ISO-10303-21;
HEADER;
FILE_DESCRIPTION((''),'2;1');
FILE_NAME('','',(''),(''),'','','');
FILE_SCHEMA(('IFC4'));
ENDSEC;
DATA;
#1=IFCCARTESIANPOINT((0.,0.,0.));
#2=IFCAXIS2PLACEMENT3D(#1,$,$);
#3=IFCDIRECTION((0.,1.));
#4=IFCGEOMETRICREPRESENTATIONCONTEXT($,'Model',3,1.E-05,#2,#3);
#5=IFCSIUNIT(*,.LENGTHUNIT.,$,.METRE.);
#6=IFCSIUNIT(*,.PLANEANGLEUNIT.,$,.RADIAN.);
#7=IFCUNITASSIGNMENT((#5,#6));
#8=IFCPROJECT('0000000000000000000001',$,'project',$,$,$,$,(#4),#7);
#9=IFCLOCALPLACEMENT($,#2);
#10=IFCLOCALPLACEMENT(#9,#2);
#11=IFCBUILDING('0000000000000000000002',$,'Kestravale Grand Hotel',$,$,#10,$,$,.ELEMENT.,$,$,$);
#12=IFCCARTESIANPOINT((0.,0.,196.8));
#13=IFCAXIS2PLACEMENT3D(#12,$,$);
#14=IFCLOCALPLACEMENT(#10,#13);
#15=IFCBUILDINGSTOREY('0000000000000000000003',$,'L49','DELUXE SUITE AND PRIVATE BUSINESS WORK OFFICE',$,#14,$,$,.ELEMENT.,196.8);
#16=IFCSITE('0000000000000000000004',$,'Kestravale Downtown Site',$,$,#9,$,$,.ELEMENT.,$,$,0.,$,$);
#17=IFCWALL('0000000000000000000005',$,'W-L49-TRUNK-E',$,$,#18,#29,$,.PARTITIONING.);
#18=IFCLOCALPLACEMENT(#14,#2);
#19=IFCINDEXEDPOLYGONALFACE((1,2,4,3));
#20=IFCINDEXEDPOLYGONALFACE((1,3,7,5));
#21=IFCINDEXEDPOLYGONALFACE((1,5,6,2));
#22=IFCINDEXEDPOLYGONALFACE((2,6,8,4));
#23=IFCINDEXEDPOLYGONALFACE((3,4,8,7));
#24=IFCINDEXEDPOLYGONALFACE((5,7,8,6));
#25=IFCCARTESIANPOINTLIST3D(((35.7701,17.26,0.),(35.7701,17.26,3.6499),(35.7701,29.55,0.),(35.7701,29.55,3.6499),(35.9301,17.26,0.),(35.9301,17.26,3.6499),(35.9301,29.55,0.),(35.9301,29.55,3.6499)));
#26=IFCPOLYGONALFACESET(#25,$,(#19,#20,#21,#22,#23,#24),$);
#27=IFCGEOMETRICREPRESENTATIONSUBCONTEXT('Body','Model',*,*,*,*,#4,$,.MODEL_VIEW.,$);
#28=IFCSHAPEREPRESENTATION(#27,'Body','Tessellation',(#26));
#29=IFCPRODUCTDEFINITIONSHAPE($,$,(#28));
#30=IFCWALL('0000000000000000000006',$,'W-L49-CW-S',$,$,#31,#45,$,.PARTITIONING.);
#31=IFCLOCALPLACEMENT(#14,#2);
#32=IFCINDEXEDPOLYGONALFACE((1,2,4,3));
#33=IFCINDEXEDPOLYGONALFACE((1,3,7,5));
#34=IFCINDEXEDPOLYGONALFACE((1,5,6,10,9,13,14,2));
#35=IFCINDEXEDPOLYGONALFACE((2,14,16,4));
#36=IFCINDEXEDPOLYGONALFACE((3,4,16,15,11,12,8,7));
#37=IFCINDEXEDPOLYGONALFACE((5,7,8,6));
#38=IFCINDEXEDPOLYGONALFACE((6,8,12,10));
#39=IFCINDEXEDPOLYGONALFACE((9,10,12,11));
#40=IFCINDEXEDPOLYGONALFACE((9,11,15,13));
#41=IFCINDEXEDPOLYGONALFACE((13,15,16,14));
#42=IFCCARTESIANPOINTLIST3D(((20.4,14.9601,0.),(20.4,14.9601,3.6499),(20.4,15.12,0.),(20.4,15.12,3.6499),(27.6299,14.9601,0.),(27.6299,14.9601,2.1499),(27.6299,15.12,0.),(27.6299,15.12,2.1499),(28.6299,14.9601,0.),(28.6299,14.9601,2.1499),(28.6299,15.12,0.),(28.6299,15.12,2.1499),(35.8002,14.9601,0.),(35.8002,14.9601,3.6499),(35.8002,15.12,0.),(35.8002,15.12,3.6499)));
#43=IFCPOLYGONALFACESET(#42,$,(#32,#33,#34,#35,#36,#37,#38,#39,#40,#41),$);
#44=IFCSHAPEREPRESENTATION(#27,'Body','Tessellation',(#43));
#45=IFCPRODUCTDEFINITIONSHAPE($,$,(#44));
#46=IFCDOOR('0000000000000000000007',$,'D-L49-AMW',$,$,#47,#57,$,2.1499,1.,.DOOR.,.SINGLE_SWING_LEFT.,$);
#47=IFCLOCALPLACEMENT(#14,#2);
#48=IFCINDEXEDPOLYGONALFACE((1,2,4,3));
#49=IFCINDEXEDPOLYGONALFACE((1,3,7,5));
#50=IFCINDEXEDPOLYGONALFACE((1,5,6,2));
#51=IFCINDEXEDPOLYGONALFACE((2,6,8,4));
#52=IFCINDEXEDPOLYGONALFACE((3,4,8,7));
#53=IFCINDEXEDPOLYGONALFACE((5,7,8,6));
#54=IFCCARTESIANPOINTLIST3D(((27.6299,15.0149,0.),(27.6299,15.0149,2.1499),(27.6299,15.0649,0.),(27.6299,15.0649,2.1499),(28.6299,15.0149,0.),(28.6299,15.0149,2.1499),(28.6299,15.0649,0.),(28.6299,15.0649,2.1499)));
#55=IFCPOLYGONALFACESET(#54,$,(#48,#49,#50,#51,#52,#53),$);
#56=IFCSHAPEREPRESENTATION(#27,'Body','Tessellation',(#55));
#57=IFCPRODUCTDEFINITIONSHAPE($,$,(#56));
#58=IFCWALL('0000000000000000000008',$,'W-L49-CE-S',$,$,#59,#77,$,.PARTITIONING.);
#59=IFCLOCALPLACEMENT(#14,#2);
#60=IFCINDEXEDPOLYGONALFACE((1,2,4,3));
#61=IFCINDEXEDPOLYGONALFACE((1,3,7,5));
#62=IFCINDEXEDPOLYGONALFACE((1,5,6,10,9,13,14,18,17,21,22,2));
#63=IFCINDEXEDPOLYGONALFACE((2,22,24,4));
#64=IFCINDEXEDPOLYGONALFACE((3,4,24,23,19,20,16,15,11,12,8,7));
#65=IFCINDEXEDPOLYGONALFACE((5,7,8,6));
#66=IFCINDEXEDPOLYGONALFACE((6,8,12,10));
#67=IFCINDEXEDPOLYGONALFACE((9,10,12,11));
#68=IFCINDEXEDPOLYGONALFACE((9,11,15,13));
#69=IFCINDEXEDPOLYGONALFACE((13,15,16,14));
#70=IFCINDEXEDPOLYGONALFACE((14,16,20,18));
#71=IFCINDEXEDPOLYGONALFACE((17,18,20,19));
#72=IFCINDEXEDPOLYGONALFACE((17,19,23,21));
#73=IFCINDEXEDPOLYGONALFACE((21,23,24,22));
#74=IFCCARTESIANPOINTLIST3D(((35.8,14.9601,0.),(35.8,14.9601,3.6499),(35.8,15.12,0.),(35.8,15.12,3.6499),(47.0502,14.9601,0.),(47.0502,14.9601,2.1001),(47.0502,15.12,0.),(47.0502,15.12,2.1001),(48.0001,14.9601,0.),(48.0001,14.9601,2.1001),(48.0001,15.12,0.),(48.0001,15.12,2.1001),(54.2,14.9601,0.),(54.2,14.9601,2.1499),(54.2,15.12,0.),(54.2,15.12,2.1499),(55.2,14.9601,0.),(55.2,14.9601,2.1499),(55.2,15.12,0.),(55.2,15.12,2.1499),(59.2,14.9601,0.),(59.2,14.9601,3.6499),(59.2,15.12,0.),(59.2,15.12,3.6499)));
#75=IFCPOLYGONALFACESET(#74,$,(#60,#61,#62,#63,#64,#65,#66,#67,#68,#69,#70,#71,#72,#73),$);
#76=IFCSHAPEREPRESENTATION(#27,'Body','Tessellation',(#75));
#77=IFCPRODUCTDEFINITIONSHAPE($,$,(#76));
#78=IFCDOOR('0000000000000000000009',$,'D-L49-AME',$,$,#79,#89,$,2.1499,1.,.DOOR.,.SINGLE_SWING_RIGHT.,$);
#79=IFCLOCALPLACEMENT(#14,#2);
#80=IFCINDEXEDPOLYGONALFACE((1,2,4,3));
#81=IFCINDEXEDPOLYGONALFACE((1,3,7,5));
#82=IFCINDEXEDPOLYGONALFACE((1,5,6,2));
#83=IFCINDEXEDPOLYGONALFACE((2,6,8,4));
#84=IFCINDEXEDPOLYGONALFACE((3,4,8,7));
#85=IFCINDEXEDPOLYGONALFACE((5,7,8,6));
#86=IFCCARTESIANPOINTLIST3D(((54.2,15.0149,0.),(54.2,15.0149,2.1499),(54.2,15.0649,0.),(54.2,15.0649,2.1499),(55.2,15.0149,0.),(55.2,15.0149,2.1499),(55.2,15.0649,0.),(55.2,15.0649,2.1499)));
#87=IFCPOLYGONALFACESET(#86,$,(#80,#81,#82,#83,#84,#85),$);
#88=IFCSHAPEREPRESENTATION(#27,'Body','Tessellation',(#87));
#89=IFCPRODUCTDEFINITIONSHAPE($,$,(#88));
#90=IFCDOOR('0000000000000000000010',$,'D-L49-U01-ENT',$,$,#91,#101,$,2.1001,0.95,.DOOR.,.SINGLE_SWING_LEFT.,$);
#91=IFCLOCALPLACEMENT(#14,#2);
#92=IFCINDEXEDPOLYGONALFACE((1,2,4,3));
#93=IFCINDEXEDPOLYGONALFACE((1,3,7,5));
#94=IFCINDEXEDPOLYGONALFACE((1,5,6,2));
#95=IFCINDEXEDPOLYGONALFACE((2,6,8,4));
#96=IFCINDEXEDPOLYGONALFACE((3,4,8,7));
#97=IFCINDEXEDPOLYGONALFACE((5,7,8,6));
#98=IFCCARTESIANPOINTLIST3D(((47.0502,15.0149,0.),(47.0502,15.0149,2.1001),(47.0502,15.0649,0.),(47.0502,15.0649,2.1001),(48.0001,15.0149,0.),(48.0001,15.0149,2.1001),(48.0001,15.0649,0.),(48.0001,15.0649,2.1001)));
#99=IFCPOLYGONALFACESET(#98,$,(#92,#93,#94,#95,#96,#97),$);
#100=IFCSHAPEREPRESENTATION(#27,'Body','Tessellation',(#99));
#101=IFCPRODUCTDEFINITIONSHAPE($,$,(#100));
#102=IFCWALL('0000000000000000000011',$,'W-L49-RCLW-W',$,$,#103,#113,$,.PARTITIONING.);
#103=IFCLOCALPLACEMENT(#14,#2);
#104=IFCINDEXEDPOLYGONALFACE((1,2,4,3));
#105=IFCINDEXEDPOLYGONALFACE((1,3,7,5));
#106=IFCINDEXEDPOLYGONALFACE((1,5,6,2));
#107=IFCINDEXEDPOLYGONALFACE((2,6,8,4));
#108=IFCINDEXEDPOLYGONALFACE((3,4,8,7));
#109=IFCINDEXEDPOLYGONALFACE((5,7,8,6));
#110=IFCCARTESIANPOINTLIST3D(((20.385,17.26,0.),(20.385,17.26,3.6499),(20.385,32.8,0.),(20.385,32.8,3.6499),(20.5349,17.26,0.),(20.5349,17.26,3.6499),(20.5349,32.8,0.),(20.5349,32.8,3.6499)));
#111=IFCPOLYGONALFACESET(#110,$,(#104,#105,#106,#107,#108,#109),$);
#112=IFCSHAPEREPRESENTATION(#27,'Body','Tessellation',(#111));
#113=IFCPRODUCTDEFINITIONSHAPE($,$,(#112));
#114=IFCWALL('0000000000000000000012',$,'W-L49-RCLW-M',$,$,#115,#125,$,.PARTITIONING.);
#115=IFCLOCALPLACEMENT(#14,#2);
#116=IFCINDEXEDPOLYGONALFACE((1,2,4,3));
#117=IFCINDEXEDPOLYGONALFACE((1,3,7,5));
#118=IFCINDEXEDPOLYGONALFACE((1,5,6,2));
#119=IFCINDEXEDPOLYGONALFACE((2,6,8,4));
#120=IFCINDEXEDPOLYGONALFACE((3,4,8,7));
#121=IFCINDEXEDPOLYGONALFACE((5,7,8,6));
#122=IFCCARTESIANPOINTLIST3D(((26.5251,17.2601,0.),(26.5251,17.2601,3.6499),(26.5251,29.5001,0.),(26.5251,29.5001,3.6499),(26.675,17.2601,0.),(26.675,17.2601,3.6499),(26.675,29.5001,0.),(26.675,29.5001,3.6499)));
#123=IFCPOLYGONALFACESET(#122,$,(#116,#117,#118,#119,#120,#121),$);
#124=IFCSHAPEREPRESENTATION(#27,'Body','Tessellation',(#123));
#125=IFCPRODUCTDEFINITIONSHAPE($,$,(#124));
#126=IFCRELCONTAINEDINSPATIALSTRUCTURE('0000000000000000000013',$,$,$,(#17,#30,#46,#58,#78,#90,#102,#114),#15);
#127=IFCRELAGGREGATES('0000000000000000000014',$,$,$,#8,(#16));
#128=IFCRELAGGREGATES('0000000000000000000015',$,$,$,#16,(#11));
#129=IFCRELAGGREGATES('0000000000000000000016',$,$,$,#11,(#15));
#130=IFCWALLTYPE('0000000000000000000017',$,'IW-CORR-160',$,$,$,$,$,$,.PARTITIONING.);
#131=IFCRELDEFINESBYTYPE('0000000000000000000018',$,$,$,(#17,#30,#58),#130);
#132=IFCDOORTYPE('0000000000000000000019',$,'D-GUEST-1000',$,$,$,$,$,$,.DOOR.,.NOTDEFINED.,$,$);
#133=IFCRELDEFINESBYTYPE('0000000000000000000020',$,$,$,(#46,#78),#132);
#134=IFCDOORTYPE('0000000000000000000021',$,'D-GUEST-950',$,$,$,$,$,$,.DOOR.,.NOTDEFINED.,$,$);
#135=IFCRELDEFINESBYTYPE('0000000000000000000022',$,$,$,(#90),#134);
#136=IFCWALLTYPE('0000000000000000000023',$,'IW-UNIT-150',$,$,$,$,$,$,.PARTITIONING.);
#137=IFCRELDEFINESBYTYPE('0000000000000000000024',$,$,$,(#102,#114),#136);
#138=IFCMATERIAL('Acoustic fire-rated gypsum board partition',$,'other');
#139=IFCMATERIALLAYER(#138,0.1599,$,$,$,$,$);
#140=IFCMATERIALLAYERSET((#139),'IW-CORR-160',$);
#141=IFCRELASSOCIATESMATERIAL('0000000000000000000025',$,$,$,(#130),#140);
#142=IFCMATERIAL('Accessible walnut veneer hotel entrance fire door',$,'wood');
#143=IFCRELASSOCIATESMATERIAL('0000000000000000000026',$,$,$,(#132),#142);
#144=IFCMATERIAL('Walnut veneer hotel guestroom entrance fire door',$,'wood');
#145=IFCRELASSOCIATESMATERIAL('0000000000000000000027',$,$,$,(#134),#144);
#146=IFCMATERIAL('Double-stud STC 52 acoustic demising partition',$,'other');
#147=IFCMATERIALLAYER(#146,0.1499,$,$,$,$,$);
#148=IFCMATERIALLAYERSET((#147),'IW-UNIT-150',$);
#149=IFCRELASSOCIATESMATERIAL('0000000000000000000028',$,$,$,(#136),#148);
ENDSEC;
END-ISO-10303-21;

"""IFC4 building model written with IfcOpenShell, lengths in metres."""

from ifc_helpers import new_model, si_unit, direction, frame, frame_2d, origin, place, context, subcontext, project, spatial, rectangle, extrude, material, layer, layer_set, type_object, element, fill, save


model = new_model("IFC4")

# Units and contexts
model_context = context("Model", 3, precision=1e-05, world=origin(), true_north=direction((0.0, 1.0)))
body_context = subcontext(model_context, "Body", "Model", "MODEL_VIEW")
ifc_project = project(units=[si_unit("LENGTHUNIT", "METRE"), si_unit("PLANEANGLEUNIT", "RADIAN")], contexts=[model_context])

# Site, building, storey
site_placement = place(None, origin())
site = spatial("IfcSite", under=ifc_project, at=site_placement, Name="Kestravale Downtown Site", CompositionType="ELEMENT", RefElevation=0.0)
building_placement = place(site_placement, origin())
building = spatial("IfcBuilding", under=site, at=building_placement, Name="Kestravale Grand Hotel", CompositionType="ELEMENT")
storey_placement = place(building_placement, frame((0.0, 0.0, 196.8)))
storey = spatial("IfcBuildingStorey", under=building, at=storey_placement, Name="L49", Description="DELUXE SUITE AND PRIVATE BUSINESS WORK OFFICE", CompositionType="ELEMENT", Elevation=196.8)

# Shared definitions
ifc_material_1 = material(Name="Acoustic fire-rated gypsum board partition", Category="other")
ifc_layer_1 = layer(ifc_material_1, 0.1599)
ifc_layer_set_1 = layer_set([ifc_layer_1], Name="IW-CORR-160")
wall_type_1 = type_object("IfcWallType", Name="IW-CORR-160", PredefinedType="PARTITIONING", material=ifc_layer_set_1)
ifc_material_2 = material(Name="Accessible walnut veneer hotel entrance fire door", Category="wood")
door_type_1 = type_object("IfcDoorType", Name="D-GUEST-1000", OperationType="NOTDEFINED", PredefinedType="DOOR", material=ifc_material_2)

# Wall
for number, where, z_axis, x_axis, name in (
    (1, (35.8501, 17.26, 0.0), (0.0, 0.0, 1.0), (0.0, 1.0, 0.0), "W-L49-TRUNK-E"),
):
    element("IfcWall", number, at=place(storey_placement, frame(where, z_axis=z_axis, x_axis=x_axis)), inside=storey, type_object=wall_type_1, Name=name, PredefinedType="PARTITIONING", context=body_context, shape_type="SweptSolid", body=[
        extrude(rectangle(XDim=12.29, YDim=0.1599, at=frame_2d((6.145, 0.0))), origin(), (0.0, 0.0, 1.0), 3.6499),
    ])

# Wall, opening, door
wall_1_placement = place(storey_placement, frame((20.3999, 15.04, 0.0), z_axis=(0.0, 0.0, 1.0), x_axis=(1.0, 0.0, 0.0)))
wall_1 = element("IfcWall", 2, at=wall_1_placement, inside=storey, type_object=wall_type_1, Name="W-L49-CW-S", PredefinedType="PARTITIONING", context=body_context, shape_type="SweptSolid", body=[
    extrude(rectangle(XDim=15.4001, YDim=0.1599, at=frame_2d((7.7002, 0.0))), origin(), (0.0, 0.0, 1.0), 3.6499),
])
opening_1_placement = place(wall_1_placement, frame((7.23, 0.0, 0.0)))
opening_1 = element("IfcOpeningElement", 3, at=opening_1_placement, cuts=wall_1, PredefinedType="OPENING", context=body_context, shape_type="SweptSolid", body=[
    extrude(rectangle(XDim=1.0, YDim=2.1499, at=frame_2d((0.5, 1.075))), frame((0.0, 0.0898, 0.0), z_axis=(0.0, -1.0, 0.0), x_axis=(1.0, 0.0, 0.0)), (0.0, 0.0, 1.0), 0.1799),
])
door_1_placement = place(opening_1_placement, origin())
door_1 = element("IfcDoor", 4, at=door_1_placement, inside=storey, type_object=door_type_1, Name="D-L49-AMW", OperationType="SINGLE_SWING_LEFT", OverallHeight=2.1499, OverallWidth=1.0, PredefinedType="DOOR", context=body_context, shape_type="SweptSolid", body=[
    extrude(rectangle(XDim=1.0, YDim=2.1499, at=frame_2d((0.5, 1.075))), frame((0.0, 0.0249, 0.0), z_axis=(0.0, -1.0, 0.0), x_axis=(1.0, 0.0, 0.0)), (0.0, 0.0, 1.0), 0.05),
])
fill(opening_1, door_1)

# Wall, openings, doors
wall_2_placement = place(storey_placement, frame((35.8, 15.04, 0.0), z_axis=(0.0, 0.0, 1.0), x_axis=(1.0, 0.0, 0.0)))
wall_2 = element("IfcWall", 5, at=wall_2_placement, inside=storey, type_object=wall_type_1, Name="W-L49-CE-S", PredefinedType="PARTITIONING", context=body_context, shape_type="SweptSolid", body=[
    extrude(rectangle(XDim=23.3999, YDim=0.1599, at=frame_2d((11.7, 0.0))), origin(), (0.0, 0.0, 1.0), 3.6499),
])
opening_2_placement = place(wall_2_placement, frame((11.25, 0.0, 0.0)))
opening_2 = element("IfcOpeningElement", 6, at=opening_2_placement, cuts=wall_2, PredefinedType="OPENING", context=body_context, shape_type="SweptSolid", body=[
    extrude(rectangle(XDim=0.95, YDim=2.1001, at=frame_2d((0.4751, 1.05))), frame((0.0, 0.0898, 0.0), z_axis=(0.0, -1.0, 0.0), x_axis=(1.0, 0.0, 0.0)), (0.0, 0.0, 1.0), 0.1799),
])
opening_3_placement = place(wall_2_placement, frame((18.3999, 0.0, 0.0)))
opening_3 = element("IfcOpeningElement", 7, at=opening_3_placement, cuts=wall_2, PredefinedType="OPENING", context=body_context, shape_type="SweptSolid", body=[
    extrude(rectangle(XDim=1.0, YDim=2.1499, at=frame_2d((0.5, 1.075))), frame((0.0, 0.0898, 0.0), z_axis=(0.0, -1.0, 0.0), x_axis=(1.0, 0.0, 0.0)), (0.0, 0.0, 1.0), 0.1799),
])
door_2_placement = place(opening_3_placement, origin())
door_2 = element("IfcDoor", 8, at=door_2_placement, inside=storey, type_object=door_type_1, Name="D-L49-AME", OperationType="SINGLE_SWING_RIGHT", OverallHeight=2.1499, OverallWidth=1.0, PredefinedType="DOOR", context=body_context, shape_type="SweptSolid", body=[
    extrude(rectangle(XDim=1.0, YDim=2.1499, at=frame_2d((0.5, 1.075))), frame((0.0, 0.0249, 0.0), z_axis=(0.0, -1.0, 0.0), x_axis=(1.0, 0.0, 0.0)), (0.0, 0.0, 1.0), 0.05),
])
fill(opening_3, door_2)
ifc_material_3 = material(Name="Walnut veneer hotel guestroom entrance fire door", Category="wood")
door_type_2 = type_object("IfcDoorType", Name="D-GUEST-950", OperationType="NOTDEFINED", PredefinedType="DOOR", material=ifc_material_3)
door_3_placement = place(opening_2_placement, origin())
door_3 = element("IfcDoor", 9, at=door_3_placement, inside=storey, type_object=door_type_2, Name="D-L49-U01-ENT", OperationType="SINGLE_SWING_LEFT", OverallHeight=2.1001, OverallWidth=0.95, PredefinedType="DOOR", context=body_context, shape_type="SweptSolid", body=[
    extrude(rectangle(XDim=0.95, YDim=2.1001, at=frame_2d((0.4751, 1.05))), frame((0.0, 0.0249, 0.0), z_axis=(0.0, -1.0, 0.0), x_axis=(1.0, 0.0, 0.0)), (0.0, 0.0, 1.0), 0.05),
])
fill(opening_2, door_3)

# Walls
ifc_material_4 = material(Name="Double-stud STC 52 acoustic demising partition", Category="other")
ifc_layer_2 = layer(ifc_material_4, 0.1499)
ifc_layer_set_2 = layer_set([ifc_layer_2], Name="IW-UNIT-150")
wall_type_2 = type_object("IfcWallType", Name="IW-UNIT-150", PredefinedType="PARTITIONING", material=ifc_layer_set_2)
wall_3_placement = place(storey_placement, frame((20.46, 17.26, 0.0), z_axis=(0.0, 0.0, 1.0), x_axis=(0.0, 1.0, 0.0)))
element("IfcWall", 10, at=wall_3_placement, inside=storey, type_object=wall_type_2, Name="W-L49-RCLW-W", PredefinedType="PARTITIONING", context=body_context, shape_type="SweptSolid", body=[
    extrude(rectangle(XDim=15.54, YDim=0.1499, at=frame_2d((7.77, 0.0))), origin(), (0.0, 0.0, 1.0), 3.6499),
])
wall_4_placement = place(storey_placement, frame((26.6001, 17.26, 0.0), z_axis=(0.0, 0.0, 1.0), x_axis=(0.0, 1.0, 0.0)))
element("IfcWall", 11, at=wall_4_placement, inside=storey, type_object=wall_type_2, Name="W-L49-RCLW-M", PredefinedType="PARTITIONING", context=body_context, shape_type="SweptSolid", body=[
    extrude(rectangle(XDim=12.24, YDim=0.1499, at=frame_2d((6.1201, 0.0))), origin(), (0.0, 0.0, 1.0), 3.6499),
])

save(model, "model.ifc")
